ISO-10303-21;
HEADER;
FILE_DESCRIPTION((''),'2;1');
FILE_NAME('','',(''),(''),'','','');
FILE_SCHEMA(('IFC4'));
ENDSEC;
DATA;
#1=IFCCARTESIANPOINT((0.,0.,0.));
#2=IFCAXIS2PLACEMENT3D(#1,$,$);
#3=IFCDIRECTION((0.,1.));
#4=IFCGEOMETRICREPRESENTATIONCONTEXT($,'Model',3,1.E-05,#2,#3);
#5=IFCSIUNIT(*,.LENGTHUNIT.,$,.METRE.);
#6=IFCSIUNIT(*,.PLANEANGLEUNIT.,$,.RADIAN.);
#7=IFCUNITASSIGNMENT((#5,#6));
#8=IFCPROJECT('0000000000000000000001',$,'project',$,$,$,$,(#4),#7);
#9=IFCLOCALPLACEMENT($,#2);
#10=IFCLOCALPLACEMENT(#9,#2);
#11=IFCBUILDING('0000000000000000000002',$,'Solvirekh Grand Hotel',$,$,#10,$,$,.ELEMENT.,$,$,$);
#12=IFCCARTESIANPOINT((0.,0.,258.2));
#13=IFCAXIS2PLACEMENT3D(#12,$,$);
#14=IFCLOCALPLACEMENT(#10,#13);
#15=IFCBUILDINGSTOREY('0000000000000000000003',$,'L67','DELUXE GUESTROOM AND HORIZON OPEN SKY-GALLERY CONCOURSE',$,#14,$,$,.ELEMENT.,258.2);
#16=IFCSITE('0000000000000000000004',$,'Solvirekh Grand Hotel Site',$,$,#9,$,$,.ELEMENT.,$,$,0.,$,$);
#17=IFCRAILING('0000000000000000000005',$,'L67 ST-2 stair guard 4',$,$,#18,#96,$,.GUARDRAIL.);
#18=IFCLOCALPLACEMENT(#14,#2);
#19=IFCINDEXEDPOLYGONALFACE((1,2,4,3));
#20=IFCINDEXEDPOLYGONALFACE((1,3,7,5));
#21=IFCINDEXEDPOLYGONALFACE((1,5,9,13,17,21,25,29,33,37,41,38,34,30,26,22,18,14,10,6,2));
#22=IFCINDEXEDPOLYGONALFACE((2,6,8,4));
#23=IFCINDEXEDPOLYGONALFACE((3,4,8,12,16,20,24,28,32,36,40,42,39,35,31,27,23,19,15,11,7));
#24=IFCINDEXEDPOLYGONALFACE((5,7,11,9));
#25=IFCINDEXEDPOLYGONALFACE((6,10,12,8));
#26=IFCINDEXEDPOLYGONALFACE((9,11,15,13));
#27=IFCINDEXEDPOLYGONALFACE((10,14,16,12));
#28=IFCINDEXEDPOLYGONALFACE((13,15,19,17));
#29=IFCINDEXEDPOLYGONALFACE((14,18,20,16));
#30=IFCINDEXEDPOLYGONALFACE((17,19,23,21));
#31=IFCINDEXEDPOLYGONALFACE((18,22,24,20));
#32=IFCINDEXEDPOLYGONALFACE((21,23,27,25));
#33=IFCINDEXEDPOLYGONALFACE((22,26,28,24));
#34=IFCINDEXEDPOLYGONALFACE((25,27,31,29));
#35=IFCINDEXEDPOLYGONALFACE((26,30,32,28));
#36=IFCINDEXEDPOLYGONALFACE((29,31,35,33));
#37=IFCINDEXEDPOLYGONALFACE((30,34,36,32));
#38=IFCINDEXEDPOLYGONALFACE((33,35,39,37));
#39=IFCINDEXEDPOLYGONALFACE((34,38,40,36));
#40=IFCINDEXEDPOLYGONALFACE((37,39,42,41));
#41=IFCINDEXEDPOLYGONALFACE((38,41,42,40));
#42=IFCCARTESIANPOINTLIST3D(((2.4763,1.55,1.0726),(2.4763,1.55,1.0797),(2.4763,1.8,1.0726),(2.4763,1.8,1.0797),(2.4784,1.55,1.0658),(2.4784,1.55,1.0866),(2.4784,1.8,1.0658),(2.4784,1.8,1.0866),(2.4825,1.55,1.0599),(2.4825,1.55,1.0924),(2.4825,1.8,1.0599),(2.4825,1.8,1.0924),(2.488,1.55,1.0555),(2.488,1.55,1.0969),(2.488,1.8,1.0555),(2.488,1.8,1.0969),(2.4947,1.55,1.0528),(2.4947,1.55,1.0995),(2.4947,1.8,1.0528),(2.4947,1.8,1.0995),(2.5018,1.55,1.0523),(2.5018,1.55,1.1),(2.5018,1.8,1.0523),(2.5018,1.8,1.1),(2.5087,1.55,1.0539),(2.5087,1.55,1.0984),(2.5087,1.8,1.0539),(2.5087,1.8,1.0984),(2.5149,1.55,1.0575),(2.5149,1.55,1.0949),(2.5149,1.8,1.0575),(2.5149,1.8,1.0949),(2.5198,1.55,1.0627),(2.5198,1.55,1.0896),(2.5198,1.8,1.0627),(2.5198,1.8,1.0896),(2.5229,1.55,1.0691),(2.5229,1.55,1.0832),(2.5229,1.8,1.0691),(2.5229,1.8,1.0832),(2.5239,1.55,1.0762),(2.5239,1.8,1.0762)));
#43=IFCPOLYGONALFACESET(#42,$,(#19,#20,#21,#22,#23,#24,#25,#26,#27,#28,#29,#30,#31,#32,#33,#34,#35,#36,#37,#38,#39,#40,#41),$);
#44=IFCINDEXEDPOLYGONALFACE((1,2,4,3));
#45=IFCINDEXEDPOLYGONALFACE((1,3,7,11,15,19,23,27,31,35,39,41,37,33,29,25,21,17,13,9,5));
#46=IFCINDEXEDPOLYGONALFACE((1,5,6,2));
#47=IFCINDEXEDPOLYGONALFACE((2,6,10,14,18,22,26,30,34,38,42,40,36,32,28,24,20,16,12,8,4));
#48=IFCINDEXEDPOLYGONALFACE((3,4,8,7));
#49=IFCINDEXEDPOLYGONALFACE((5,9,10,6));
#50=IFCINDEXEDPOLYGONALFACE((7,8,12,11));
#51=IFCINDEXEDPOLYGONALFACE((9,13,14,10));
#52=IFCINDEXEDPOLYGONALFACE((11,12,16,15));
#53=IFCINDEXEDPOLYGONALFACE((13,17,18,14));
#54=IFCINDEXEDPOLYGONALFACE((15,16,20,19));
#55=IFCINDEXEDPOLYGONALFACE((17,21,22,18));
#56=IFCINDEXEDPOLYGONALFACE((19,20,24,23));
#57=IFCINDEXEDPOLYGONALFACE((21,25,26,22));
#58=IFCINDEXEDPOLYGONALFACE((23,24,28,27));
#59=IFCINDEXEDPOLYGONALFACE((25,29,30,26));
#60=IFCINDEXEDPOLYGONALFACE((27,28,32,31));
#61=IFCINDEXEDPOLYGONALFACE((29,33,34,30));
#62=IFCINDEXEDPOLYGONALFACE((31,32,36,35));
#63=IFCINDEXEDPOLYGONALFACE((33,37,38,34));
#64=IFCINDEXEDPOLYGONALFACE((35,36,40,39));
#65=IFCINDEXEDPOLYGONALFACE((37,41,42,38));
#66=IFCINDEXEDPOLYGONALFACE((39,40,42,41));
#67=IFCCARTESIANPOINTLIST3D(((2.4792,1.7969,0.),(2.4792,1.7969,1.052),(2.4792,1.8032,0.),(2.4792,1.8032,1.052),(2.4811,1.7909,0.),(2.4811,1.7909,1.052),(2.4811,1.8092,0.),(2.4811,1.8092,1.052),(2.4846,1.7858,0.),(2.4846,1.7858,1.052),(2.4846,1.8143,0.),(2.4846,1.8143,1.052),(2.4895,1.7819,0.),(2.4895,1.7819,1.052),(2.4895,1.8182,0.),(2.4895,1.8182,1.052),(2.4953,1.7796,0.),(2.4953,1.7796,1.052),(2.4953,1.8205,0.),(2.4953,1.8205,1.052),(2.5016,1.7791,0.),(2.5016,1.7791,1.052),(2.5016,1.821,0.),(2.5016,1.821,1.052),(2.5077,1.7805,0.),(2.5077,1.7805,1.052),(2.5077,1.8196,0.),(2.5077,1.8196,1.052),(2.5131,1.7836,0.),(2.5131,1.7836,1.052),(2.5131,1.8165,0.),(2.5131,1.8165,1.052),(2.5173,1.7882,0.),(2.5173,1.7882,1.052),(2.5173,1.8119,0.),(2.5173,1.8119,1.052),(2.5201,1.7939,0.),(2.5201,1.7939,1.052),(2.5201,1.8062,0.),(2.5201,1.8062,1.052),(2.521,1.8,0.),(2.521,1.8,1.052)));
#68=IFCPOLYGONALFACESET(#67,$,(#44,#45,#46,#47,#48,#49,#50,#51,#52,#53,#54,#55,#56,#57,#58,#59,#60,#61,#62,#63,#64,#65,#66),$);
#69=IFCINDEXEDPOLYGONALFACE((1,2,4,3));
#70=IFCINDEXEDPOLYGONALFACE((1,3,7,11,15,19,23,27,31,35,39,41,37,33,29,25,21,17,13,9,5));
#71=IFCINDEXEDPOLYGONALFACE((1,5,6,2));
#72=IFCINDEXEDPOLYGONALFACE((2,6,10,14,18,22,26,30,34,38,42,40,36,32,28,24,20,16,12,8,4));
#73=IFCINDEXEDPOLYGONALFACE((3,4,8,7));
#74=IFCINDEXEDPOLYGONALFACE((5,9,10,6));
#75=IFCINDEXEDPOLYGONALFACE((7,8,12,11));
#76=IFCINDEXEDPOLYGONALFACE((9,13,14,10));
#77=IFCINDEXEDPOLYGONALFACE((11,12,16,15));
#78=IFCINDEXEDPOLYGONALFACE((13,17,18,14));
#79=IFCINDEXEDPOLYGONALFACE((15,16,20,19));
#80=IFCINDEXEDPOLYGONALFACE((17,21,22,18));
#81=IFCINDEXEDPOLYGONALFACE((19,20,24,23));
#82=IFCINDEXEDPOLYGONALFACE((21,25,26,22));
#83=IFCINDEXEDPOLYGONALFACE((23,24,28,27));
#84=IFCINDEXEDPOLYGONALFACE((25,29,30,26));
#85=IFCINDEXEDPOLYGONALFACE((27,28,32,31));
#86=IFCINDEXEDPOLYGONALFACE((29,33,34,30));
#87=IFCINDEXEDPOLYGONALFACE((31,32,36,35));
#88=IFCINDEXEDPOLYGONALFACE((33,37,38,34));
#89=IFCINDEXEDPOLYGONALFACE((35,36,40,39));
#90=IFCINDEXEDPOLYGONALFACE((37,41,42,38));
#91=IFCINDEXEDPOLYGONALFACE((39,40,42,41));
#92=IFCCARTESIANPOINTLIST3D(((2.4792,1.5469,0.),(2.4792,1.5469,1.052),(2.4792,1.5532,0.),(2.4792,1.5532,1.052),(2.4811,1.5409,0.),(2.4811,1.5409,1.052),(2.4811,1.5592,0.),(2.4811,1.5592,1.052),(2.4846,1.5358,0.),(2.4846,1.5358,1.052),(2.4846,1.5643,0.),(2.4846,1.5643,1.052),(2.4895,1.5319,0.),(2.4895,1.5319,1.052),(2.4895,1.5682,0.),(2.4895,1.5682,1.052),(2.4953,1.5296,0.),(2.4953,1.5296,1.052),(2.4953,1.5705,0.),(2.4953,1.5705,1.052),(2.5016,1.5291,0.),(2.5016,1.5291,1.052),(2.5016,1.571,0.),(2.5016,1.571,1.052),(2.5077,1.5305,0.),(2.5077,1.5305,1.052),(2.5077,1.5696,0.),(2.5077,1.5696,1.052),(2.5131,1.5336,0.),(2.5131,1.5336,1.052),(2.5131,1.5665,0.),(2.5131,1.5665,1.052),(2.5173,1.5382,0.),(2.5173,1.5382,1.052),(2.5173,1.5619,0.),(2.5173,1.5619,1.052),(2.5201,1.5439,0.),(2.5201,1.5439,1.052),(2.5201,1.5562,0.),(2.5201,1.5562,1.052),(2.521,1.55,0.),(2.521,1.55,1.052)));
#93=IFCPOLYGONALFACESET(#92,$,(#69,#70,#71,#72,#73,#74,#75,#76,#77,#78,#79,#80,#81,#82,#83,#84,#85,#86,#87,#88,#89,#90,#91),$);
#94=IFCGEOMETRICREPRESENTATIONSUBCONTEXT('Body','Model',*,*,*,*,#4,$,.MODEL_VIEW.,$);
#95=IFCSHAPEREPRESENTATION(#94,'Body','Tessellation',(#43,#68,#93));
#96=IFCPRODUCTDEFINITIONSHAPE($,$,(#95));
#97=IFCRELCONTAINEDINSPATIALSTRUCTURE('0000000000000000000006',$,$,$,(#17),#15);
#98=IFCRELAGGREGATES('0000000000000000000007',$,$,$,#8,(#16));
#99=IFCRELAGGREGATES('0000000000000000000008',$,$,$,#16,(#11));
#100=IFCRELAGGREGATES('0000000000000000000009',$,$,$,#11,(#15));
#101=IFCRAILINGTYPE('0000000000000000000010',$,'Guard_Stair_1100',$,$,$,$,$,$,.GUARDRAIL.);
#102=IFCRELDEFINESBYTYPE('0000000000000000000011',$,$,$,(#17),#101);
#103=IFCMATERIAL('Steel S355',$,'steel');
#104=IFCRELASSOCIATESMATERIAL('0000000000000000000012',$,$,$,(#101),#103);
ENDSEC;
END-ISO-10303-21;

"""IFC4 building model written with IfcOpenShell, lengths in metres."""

from ifc_helpers import new_model, si_unit, direction, frame, origin, origin_2d, place, context, subcontext, project, spatial, circle, extrude, material, type_object, element, save


model = new_model("IFC4")

# Units and contexts
model_context = context("Model", 3, precision=1e-05, world=origin(), true_north=direction((0.0, 1.0)))
body_context = subcontext(model_context, "Body", "Model", "MODEL_VIEW")
ifc_project = project(units=[si_unit("LENGTHUNIT", "METRE"), si_unit("PLANEANGLEUNIT", "RADIAN")], contexts=[model_context])

# Site, building, storey
site_placement = place(None, origin())
site = spatial("IfcSite", under=ifc_project, at=site_placement, Name="Solvirekh Grand Hotel Site", CompositionType="ELEMENT", RefElevation=0.0)
building_placement = place(site_placement, origin())
building = spatial("IfcBuilding", under=site, at=building_placement, Name="Solvirekh Grand Hotel", CompositionType="ELEMENT")
storey_placement = place(building_placement, frame((0.0, 0.0, 258.2)))
storey = spatial("IfcBuildingStorey", under=building, at=storey_placement, Name="L67", Description="DELUXE GUESTROOM AND HORIZON OPEN SKY-GALLERY CONCOURSE", CompositionType="ELEMENT", Elevation=258.2)

# Railing
ifc_material_1 = material(Name="Steel S355", Category="steel")
railing_type_1 = type_object("IfcRailingType", Name="Guard_Stair_1100", PredefinedType="GUARDRAIL", material=ifc_material_1)
railing_1_placement = place(storey_placement, frame((2.5, 1.8, 0.0)))
element("IfcRailing", 1, at=railing_1_placement, inside=storey, type_object=railing_type_1, Name="L67 ST-2 stair guard 4", PredefinedType="GUARDRAIL", context=body_context, shape_type="SweptSolid", body=[
    extrude(circle(Radius=0.0239, at=origin_2d()), frame((0.0, 0.0, 1.0762), z_axis=(0.0, -1.0, 0.0), x_axis=(1.0, 0.0, 0.0)), (0.0, 0.0, 1.0), 0.25),
    extrude(circle(Radius=0.021, at=origin_2d()), origin(), (0.0, 0.0, 1.0), 1.052),
    extrude(circle(Radius=0.021, at=origin_2d()), frame((0.0, -0.25, 0.0)), (0.0, 0.0, 1.0), 1.052),
])

save(model, "model.ifc")
